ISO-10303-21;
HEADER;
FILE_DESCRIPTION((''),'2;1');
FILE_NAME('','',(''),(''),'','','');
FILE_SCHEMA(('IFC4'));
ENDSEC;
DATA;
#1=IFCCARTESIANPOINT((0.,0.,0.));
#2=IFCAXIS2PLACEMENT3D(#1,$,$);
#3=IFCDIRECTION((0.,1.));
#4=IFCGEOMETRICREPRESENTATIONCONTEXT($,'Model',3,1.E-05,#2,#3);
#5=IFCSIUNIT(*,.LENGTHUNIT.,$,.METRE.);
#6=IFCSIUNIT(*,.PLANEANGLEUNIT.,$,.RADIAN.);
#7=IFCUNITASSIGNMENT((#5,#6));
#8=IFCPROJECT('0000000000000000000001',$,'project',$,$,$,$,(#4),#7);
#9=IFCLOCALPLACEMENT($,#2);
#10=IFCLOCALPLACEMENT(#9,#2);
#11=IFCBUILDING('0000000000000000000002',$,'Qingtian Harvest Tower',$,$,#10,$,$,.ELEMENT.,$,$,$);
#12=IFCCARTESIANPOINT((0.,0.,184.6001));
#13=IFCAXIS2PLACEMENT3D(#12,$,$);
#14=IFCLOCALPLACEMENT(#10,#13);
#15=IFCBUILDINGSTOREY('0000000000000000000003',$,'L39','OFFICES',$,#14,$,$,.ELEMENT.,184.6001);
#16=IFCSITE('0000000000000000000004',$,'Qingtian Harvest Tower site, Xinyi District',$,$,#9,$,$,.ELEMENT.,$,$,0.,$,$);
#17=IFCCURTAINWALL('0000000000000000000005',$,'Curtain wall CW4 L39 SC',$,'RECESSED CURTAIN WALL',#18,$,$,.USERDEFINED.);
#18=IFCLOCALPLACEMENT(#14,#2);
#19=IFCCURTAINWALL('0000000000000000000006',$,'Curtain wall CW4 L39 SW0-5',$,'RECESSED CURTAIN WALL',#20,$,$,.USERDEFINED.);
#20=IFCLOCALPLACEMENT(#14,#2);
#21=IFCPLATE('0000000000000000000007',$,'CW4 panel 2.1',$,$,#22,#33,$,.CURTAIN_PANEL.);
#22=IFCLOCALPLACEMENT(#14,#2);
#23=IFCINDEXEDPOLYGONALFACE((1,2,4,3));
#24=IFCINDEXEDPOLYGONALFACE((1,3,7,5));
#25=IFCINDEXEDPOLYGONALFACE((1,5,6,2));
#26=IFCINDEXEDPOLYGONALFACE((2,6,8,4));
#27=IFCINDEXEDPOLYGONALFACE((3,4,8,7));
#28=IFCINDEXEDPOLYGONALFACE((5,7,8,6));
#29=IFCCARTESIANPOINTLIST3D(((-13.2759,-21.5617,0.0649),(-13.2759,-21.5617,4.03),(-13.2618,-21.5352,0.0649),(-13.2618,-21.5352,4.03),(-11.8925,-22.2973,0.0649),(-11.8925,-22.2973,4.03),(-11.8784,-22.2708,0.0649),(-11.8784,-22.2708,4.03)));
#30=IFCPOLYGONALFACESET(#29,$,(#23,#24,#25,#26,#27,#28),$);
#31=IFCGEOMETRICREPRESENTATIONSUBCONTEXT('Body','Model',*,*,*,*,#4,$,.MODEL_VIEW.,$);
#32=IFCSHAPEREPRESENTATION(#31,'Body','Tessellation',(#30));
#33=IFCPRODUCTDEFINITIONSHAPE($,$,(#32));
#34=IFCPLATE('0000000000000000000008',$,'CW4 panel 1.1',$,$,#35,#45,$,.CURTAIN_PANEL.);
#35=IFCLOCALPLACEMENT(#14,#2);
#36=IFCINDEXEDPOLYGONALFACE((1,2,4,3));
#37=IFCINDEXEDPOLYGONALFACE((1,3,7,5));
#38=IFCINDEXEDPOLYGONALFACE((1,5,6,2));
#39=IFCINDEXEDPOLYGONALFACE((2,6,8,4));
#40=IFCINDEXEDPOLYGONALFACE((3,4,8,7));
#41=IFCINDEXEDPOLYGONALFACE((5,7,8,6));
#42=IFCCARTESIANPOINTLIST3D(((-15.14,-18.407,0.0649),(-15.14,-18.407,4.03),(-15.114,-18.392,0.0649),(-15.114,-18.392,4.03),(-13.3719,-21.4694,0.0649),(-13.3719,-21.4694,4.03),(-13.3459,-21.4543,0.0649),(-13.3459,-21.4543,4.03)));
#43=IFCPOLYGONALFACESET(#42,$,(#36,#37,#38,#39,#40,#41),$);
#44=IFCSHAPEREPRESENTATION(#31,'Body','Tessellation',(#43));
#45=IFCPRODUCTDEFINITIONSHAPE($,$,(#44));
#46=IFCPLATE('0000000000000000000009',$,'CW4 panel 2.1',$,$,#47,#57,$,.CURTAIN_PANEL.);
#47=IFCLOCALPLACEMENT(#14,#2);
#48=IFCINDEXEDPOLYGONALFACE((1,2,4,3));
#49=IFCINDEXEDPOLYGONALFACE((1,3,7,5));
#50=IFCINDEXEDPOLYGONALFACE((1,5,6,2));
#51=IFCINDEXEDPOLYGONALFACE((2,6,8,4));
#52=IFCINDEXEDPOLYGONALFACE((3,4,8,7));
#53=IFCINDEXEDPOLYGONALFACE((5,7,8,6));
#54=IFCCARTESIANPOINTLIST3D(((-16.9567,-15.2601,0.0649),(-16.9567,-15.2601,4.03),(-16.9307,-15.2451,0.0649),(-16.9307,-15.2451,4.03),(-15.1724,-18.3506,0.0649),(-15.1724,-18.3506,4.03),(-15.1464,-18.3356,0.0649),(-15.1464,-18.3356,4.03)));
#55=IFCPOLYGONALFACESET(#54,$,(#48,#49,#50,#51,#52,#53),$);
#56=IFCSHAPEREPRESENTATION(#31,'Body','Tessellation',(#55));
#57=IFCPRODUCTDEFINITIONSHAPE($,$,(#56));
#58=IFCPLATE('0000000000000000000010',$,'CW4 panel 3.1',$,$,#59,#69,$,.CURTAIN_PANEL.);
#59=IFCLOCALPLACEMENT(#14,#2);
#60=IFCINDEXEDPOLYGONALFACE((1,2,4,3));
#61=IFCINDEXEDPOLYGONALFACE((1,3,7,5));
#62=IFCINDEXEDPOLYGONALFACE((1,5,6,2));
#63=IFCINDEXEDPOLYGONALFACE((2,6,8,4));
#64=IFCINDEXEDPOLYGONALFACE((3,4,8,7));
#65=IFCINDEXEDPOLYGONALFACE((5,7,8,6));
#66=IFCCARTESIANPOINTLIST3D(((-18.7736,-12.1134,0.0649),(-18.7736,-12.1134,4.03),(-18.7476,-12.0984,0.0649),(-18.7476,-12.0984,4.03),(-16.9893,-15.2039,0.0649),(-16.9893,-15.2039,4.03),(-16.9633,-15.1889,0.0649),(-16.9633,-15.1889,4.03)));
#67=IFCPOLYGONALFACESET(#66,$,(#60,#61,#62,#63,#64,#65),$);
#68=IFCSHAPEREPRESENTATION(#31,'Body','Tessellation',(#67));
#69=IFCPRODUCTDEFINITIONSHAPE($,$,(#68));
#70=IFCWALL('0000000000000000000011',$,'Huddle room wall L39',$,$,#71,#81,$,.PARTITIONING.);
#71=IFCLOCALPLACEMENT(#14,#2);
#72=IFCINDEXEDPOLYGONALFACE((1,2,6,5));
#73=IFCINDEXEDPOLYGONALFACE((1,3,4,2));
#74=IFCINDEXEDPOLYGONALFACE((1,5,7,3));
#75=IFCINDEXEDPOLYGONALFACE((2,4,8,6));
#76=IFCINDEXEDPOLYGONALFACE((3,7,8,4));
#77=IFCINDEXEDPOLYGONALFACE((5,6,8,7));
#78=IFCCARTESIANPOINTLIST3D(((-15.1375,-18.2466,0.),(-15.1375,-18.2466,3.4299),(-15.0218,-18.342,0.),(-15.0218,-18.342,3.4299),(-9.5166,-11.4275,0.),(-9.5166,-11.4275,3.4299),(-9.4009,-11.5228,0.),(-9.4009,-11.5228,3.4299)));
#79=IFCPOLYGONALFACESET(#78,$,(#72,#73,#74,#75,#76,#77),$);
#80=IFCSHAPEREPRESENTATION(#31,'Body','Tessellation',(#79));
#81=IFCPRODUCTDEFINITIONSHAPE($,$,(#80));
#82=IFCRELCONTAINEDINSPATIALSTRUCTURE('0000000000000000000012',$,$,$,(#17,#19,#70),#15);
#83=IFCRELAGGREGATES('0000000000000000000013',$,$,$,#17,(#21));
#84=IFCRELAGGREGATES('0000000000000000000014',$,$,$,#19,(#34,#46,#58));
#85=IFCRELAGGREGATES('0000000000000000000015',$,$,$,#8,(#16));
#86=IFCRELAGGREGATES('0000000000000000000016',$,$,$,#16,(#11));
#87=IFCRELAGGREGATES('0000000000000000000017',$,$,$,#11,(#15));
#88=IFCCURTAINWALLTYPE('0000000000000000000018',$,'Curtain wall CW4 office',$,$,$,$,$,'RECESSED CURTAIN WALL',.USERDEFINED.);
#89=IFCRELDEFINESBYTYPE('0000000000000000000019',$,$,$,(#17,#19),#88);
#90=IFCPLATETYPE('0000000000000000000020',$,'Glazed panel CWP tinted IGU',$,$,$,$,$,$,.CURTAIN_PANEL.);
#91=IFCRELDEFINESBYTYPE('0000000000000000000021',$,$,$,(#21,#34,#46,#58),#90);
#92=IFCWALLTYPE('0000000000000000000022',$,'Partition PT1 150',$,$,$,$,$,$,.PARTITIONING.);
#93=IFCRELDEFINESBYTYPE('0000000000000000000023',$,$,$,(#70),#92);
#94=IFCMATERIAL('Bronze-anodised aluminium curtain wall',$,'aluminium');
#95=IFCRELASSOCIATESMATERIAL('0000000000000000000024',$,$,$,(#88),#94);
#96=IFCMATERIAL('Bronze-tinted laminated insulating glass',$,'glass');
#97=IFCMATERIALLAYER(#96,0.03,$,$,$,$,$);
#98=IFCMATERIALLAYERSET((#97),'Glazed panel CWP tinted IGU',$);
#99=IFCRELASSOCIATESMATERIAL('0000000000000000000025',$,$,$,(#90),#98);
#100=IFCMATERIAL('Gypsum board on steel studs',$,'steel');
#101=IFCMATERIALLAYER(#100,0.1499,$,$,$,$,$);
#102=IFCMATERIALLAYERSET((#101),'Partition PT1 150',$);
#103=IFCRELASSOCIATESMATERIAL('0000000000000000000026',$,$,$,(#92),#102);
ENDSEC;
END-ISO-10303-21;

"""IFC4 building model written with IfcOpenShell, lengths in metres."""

from ifc_helpers import new_model, si_unit, direction, frame, frame_2d, origin, origin_2d, place, context, subcontext, project, spatial, rectangle, extrude, material, layer, layer_set, type_object, element, aggregate, save


model = new_model("IFC4")

# Units and contexts
model_context = context("Model", 3, precision=1e-05, world=origin(), true_north=direction((0.0, 1.0)))
body_context = subcontext(model_context, "Body", "Model", "MODEL_VIEW")
ifc_project = project(units=[si_unit("LENGTHUNIT", "METRE"), si_unit("PLANEANGLEUNIT", "RADIAN")], contexts=[model_context])

# Site, building, storey
site_placement = place(None, origin())
site = spatial("IfcSite", under=ifc_project, at=site_placement, Name="Qingtian Harvest Tower site, Xinyi District", CompositionType="ELEMENT", RefElevation=0.0)
building_placement = place(site_placement, origin())
building = spatial("IfcBuilding", under=site, at=building_placement, Name="Qingtian Harvest Tower", CompositionType="ELEMENT")
storey_placement = place(building_placement, frame((0.0, 0.0, 184.6001)))
storey = spatial("IfcBuildingStorey", under=building, at=storey_placement, Name="L39", Description="OFFICES", CompositionType="ELEMENT", Elevation=184.6001)

# Curtain wall
ifc_material_1 = material(Name="Bronze-anodised aluminium curtain wall", Category="aluminium")
curtain_wall_type = type_object("IfcCurtainWallType", Name="Curtain wall CW4 office", ElementType="RECESSED CURTAIN WALL", PredefinedType="USERDEFINED", material=ifc_material_1)
curtain_wall_1_placement = place(storey_placement, origin())
curtain_wall_1 = element("IfcCurtainWall", 1, at=curtain_wall_1_placement, inside=storey, type_object=curtain_wall_type, Name="Curtain wall CW4 L39 SC", ObjectType="RECESSED CURTAIN WALL", PredefinedType="USERDEFINED")

# Curtain wall
curtain_wall_2_placement = place(storey_placement, origin())
curtain_wall_2 = element("IfcCurtainWall", 2, at=curtain_wall_2_placement, inside=storey, type_object=curtain_wall_type, Name="Curtain wall CW4 L39 SW0-5", ObjectType="RECESSED CURTAIN WALL", PredefinedType="USERDEFINED")

# Plates
ifc_material_2 = material(Name="Bronze-tinted laminated insulating glass", Category="glass")
ifc_layer_1 = layer(ifc_material_2, 0.03)
ifc_layer_set_1 = layer_set([ifc_layer_1], Name="Glazed panel CWP tinted IGU")
plate_type = type_object("IfcPlateType", Name="Glazed panel CWP tinted IGU", PredefinedType="CURTAIN_PANEL", material=ifc_layer_set_1)
plate_1_placement = place(storey_placement, frame((-12.5771, -21.9163, 0.0649), z_axis=(0.0, 0.0, 1.0), x_axis=(-0.882948, 0.469472, 0.0)))
plate_1 = element("IfcPlate", 3, at=plate_1_placement, type_object=plate_type, Name="CW4 panel 2.1", PredefinedType="CURTAIN_PANEL", context=body_context, shape_type="SweptSolid", body=[
    extrude(rectangle(XDim=1.5669, YDim=0.03, at=origin_2d()), origin(), (0.0, 0.0, 1.0), 3.9651),
])
aggregate(curtain_wall_1, [plate_1])
plate_2_placement = place(storey_placement, frame((-14.2429, -19.9307, 0.0649), z_axis=(0.0, 0.0, 1.0), x_axis=(-0.5, 0.866025, 0.0)))
plate_2 = element("IfcPlate", 4, at=plate_2_placement, type_object=plate_type, Name="CW4 panel 1.1", PredefinedType="CURTAIN_PANEL", context=body_context, shape_type="SweptSolid", body=[
    extrude(rectangle(XDim=3.5361, YDim=0.03, at=origin_2d()), origin(), (0.0, 0.0, 1.0), 3.9651),
])
plate_3_placement = place(storey_placement, frame((-16.0515, -16.7979, 0.0649), z_axis=(0.0, 0.0, 1.0), x_axis=(-0.5, 0.866025, 0.0)))
plate_3 = element("IfcPlate", 5, at=plate_3_placement, type_object=plate_type, Name="CW4 panel 2.1", PredefinedType="CURTAIN_PANEL", context=body_context, shape_type="SweptSolid", body=[
    extrude(rectangle(XDim=3.5686, YDim=0.03, at=origin_2d()), origin(), (0.0, 0.0, 1.0), 3.9651),
])
plate_4_placement = place(storey_placement, frame((-17.8684, -13.6511, 0.0649), z_axis=(0.0, 0.0, 1.0), x_axis=(-0.5, 0.866025, 0.0)))
plate_4 = element("IfcPlate", 6, at=plate_4_placement, type_object=plate_type, Name="CW4 panel 3.1", PredefinedType="CURTAIN_PANEL", context=body_context, shape_type="SweptSolid", body=[
    extrude(rectangle(XDim=3.5686, YDim=0.03, at=origin_2d()), origin(), (0.0, 0.0, 1.0), 3.9651),
])
aggregate(curtain_wall_2, [plate_2, plate_3, plate_4])

# Wall
ifc_material_3 = material(Name="Gypsum board on steel studs", Category="steel")
ifc_layer_2 = layer(ifc_material_3, 0.1499)
ifc_layer_set_2 = layer_set([ifc_layer_2], Name="Partition PT1 150")
wall_type = type_object("IfcWallType", Name="Partition PT1 150", PredefinedType="PARTITIONING", material=ifc_layer_set_2)
wall_placement = place(storey_placement, frame((-15.0796, -18.2942, 0.0), z_axis=(0.0, 0.0, 1.0), x_axis=(0.636053, 0.771645, 0.0)))
element("IfcWall", 7, at=wall_placement, inside=storey, type_object=wall_type, Name="Huddle room wall L39", PredefinedType="PARTITIONING", context=body_context, shape_type="SweptSolid", body=[
    extrude(rectangle(XDim=8.8372, YDim=0.1499, at=frame_2d((4.4185, 0.0))), origin(), (0.0, 0.0, 1.0), 3.4299),
])

save(model, "model.ifc")
